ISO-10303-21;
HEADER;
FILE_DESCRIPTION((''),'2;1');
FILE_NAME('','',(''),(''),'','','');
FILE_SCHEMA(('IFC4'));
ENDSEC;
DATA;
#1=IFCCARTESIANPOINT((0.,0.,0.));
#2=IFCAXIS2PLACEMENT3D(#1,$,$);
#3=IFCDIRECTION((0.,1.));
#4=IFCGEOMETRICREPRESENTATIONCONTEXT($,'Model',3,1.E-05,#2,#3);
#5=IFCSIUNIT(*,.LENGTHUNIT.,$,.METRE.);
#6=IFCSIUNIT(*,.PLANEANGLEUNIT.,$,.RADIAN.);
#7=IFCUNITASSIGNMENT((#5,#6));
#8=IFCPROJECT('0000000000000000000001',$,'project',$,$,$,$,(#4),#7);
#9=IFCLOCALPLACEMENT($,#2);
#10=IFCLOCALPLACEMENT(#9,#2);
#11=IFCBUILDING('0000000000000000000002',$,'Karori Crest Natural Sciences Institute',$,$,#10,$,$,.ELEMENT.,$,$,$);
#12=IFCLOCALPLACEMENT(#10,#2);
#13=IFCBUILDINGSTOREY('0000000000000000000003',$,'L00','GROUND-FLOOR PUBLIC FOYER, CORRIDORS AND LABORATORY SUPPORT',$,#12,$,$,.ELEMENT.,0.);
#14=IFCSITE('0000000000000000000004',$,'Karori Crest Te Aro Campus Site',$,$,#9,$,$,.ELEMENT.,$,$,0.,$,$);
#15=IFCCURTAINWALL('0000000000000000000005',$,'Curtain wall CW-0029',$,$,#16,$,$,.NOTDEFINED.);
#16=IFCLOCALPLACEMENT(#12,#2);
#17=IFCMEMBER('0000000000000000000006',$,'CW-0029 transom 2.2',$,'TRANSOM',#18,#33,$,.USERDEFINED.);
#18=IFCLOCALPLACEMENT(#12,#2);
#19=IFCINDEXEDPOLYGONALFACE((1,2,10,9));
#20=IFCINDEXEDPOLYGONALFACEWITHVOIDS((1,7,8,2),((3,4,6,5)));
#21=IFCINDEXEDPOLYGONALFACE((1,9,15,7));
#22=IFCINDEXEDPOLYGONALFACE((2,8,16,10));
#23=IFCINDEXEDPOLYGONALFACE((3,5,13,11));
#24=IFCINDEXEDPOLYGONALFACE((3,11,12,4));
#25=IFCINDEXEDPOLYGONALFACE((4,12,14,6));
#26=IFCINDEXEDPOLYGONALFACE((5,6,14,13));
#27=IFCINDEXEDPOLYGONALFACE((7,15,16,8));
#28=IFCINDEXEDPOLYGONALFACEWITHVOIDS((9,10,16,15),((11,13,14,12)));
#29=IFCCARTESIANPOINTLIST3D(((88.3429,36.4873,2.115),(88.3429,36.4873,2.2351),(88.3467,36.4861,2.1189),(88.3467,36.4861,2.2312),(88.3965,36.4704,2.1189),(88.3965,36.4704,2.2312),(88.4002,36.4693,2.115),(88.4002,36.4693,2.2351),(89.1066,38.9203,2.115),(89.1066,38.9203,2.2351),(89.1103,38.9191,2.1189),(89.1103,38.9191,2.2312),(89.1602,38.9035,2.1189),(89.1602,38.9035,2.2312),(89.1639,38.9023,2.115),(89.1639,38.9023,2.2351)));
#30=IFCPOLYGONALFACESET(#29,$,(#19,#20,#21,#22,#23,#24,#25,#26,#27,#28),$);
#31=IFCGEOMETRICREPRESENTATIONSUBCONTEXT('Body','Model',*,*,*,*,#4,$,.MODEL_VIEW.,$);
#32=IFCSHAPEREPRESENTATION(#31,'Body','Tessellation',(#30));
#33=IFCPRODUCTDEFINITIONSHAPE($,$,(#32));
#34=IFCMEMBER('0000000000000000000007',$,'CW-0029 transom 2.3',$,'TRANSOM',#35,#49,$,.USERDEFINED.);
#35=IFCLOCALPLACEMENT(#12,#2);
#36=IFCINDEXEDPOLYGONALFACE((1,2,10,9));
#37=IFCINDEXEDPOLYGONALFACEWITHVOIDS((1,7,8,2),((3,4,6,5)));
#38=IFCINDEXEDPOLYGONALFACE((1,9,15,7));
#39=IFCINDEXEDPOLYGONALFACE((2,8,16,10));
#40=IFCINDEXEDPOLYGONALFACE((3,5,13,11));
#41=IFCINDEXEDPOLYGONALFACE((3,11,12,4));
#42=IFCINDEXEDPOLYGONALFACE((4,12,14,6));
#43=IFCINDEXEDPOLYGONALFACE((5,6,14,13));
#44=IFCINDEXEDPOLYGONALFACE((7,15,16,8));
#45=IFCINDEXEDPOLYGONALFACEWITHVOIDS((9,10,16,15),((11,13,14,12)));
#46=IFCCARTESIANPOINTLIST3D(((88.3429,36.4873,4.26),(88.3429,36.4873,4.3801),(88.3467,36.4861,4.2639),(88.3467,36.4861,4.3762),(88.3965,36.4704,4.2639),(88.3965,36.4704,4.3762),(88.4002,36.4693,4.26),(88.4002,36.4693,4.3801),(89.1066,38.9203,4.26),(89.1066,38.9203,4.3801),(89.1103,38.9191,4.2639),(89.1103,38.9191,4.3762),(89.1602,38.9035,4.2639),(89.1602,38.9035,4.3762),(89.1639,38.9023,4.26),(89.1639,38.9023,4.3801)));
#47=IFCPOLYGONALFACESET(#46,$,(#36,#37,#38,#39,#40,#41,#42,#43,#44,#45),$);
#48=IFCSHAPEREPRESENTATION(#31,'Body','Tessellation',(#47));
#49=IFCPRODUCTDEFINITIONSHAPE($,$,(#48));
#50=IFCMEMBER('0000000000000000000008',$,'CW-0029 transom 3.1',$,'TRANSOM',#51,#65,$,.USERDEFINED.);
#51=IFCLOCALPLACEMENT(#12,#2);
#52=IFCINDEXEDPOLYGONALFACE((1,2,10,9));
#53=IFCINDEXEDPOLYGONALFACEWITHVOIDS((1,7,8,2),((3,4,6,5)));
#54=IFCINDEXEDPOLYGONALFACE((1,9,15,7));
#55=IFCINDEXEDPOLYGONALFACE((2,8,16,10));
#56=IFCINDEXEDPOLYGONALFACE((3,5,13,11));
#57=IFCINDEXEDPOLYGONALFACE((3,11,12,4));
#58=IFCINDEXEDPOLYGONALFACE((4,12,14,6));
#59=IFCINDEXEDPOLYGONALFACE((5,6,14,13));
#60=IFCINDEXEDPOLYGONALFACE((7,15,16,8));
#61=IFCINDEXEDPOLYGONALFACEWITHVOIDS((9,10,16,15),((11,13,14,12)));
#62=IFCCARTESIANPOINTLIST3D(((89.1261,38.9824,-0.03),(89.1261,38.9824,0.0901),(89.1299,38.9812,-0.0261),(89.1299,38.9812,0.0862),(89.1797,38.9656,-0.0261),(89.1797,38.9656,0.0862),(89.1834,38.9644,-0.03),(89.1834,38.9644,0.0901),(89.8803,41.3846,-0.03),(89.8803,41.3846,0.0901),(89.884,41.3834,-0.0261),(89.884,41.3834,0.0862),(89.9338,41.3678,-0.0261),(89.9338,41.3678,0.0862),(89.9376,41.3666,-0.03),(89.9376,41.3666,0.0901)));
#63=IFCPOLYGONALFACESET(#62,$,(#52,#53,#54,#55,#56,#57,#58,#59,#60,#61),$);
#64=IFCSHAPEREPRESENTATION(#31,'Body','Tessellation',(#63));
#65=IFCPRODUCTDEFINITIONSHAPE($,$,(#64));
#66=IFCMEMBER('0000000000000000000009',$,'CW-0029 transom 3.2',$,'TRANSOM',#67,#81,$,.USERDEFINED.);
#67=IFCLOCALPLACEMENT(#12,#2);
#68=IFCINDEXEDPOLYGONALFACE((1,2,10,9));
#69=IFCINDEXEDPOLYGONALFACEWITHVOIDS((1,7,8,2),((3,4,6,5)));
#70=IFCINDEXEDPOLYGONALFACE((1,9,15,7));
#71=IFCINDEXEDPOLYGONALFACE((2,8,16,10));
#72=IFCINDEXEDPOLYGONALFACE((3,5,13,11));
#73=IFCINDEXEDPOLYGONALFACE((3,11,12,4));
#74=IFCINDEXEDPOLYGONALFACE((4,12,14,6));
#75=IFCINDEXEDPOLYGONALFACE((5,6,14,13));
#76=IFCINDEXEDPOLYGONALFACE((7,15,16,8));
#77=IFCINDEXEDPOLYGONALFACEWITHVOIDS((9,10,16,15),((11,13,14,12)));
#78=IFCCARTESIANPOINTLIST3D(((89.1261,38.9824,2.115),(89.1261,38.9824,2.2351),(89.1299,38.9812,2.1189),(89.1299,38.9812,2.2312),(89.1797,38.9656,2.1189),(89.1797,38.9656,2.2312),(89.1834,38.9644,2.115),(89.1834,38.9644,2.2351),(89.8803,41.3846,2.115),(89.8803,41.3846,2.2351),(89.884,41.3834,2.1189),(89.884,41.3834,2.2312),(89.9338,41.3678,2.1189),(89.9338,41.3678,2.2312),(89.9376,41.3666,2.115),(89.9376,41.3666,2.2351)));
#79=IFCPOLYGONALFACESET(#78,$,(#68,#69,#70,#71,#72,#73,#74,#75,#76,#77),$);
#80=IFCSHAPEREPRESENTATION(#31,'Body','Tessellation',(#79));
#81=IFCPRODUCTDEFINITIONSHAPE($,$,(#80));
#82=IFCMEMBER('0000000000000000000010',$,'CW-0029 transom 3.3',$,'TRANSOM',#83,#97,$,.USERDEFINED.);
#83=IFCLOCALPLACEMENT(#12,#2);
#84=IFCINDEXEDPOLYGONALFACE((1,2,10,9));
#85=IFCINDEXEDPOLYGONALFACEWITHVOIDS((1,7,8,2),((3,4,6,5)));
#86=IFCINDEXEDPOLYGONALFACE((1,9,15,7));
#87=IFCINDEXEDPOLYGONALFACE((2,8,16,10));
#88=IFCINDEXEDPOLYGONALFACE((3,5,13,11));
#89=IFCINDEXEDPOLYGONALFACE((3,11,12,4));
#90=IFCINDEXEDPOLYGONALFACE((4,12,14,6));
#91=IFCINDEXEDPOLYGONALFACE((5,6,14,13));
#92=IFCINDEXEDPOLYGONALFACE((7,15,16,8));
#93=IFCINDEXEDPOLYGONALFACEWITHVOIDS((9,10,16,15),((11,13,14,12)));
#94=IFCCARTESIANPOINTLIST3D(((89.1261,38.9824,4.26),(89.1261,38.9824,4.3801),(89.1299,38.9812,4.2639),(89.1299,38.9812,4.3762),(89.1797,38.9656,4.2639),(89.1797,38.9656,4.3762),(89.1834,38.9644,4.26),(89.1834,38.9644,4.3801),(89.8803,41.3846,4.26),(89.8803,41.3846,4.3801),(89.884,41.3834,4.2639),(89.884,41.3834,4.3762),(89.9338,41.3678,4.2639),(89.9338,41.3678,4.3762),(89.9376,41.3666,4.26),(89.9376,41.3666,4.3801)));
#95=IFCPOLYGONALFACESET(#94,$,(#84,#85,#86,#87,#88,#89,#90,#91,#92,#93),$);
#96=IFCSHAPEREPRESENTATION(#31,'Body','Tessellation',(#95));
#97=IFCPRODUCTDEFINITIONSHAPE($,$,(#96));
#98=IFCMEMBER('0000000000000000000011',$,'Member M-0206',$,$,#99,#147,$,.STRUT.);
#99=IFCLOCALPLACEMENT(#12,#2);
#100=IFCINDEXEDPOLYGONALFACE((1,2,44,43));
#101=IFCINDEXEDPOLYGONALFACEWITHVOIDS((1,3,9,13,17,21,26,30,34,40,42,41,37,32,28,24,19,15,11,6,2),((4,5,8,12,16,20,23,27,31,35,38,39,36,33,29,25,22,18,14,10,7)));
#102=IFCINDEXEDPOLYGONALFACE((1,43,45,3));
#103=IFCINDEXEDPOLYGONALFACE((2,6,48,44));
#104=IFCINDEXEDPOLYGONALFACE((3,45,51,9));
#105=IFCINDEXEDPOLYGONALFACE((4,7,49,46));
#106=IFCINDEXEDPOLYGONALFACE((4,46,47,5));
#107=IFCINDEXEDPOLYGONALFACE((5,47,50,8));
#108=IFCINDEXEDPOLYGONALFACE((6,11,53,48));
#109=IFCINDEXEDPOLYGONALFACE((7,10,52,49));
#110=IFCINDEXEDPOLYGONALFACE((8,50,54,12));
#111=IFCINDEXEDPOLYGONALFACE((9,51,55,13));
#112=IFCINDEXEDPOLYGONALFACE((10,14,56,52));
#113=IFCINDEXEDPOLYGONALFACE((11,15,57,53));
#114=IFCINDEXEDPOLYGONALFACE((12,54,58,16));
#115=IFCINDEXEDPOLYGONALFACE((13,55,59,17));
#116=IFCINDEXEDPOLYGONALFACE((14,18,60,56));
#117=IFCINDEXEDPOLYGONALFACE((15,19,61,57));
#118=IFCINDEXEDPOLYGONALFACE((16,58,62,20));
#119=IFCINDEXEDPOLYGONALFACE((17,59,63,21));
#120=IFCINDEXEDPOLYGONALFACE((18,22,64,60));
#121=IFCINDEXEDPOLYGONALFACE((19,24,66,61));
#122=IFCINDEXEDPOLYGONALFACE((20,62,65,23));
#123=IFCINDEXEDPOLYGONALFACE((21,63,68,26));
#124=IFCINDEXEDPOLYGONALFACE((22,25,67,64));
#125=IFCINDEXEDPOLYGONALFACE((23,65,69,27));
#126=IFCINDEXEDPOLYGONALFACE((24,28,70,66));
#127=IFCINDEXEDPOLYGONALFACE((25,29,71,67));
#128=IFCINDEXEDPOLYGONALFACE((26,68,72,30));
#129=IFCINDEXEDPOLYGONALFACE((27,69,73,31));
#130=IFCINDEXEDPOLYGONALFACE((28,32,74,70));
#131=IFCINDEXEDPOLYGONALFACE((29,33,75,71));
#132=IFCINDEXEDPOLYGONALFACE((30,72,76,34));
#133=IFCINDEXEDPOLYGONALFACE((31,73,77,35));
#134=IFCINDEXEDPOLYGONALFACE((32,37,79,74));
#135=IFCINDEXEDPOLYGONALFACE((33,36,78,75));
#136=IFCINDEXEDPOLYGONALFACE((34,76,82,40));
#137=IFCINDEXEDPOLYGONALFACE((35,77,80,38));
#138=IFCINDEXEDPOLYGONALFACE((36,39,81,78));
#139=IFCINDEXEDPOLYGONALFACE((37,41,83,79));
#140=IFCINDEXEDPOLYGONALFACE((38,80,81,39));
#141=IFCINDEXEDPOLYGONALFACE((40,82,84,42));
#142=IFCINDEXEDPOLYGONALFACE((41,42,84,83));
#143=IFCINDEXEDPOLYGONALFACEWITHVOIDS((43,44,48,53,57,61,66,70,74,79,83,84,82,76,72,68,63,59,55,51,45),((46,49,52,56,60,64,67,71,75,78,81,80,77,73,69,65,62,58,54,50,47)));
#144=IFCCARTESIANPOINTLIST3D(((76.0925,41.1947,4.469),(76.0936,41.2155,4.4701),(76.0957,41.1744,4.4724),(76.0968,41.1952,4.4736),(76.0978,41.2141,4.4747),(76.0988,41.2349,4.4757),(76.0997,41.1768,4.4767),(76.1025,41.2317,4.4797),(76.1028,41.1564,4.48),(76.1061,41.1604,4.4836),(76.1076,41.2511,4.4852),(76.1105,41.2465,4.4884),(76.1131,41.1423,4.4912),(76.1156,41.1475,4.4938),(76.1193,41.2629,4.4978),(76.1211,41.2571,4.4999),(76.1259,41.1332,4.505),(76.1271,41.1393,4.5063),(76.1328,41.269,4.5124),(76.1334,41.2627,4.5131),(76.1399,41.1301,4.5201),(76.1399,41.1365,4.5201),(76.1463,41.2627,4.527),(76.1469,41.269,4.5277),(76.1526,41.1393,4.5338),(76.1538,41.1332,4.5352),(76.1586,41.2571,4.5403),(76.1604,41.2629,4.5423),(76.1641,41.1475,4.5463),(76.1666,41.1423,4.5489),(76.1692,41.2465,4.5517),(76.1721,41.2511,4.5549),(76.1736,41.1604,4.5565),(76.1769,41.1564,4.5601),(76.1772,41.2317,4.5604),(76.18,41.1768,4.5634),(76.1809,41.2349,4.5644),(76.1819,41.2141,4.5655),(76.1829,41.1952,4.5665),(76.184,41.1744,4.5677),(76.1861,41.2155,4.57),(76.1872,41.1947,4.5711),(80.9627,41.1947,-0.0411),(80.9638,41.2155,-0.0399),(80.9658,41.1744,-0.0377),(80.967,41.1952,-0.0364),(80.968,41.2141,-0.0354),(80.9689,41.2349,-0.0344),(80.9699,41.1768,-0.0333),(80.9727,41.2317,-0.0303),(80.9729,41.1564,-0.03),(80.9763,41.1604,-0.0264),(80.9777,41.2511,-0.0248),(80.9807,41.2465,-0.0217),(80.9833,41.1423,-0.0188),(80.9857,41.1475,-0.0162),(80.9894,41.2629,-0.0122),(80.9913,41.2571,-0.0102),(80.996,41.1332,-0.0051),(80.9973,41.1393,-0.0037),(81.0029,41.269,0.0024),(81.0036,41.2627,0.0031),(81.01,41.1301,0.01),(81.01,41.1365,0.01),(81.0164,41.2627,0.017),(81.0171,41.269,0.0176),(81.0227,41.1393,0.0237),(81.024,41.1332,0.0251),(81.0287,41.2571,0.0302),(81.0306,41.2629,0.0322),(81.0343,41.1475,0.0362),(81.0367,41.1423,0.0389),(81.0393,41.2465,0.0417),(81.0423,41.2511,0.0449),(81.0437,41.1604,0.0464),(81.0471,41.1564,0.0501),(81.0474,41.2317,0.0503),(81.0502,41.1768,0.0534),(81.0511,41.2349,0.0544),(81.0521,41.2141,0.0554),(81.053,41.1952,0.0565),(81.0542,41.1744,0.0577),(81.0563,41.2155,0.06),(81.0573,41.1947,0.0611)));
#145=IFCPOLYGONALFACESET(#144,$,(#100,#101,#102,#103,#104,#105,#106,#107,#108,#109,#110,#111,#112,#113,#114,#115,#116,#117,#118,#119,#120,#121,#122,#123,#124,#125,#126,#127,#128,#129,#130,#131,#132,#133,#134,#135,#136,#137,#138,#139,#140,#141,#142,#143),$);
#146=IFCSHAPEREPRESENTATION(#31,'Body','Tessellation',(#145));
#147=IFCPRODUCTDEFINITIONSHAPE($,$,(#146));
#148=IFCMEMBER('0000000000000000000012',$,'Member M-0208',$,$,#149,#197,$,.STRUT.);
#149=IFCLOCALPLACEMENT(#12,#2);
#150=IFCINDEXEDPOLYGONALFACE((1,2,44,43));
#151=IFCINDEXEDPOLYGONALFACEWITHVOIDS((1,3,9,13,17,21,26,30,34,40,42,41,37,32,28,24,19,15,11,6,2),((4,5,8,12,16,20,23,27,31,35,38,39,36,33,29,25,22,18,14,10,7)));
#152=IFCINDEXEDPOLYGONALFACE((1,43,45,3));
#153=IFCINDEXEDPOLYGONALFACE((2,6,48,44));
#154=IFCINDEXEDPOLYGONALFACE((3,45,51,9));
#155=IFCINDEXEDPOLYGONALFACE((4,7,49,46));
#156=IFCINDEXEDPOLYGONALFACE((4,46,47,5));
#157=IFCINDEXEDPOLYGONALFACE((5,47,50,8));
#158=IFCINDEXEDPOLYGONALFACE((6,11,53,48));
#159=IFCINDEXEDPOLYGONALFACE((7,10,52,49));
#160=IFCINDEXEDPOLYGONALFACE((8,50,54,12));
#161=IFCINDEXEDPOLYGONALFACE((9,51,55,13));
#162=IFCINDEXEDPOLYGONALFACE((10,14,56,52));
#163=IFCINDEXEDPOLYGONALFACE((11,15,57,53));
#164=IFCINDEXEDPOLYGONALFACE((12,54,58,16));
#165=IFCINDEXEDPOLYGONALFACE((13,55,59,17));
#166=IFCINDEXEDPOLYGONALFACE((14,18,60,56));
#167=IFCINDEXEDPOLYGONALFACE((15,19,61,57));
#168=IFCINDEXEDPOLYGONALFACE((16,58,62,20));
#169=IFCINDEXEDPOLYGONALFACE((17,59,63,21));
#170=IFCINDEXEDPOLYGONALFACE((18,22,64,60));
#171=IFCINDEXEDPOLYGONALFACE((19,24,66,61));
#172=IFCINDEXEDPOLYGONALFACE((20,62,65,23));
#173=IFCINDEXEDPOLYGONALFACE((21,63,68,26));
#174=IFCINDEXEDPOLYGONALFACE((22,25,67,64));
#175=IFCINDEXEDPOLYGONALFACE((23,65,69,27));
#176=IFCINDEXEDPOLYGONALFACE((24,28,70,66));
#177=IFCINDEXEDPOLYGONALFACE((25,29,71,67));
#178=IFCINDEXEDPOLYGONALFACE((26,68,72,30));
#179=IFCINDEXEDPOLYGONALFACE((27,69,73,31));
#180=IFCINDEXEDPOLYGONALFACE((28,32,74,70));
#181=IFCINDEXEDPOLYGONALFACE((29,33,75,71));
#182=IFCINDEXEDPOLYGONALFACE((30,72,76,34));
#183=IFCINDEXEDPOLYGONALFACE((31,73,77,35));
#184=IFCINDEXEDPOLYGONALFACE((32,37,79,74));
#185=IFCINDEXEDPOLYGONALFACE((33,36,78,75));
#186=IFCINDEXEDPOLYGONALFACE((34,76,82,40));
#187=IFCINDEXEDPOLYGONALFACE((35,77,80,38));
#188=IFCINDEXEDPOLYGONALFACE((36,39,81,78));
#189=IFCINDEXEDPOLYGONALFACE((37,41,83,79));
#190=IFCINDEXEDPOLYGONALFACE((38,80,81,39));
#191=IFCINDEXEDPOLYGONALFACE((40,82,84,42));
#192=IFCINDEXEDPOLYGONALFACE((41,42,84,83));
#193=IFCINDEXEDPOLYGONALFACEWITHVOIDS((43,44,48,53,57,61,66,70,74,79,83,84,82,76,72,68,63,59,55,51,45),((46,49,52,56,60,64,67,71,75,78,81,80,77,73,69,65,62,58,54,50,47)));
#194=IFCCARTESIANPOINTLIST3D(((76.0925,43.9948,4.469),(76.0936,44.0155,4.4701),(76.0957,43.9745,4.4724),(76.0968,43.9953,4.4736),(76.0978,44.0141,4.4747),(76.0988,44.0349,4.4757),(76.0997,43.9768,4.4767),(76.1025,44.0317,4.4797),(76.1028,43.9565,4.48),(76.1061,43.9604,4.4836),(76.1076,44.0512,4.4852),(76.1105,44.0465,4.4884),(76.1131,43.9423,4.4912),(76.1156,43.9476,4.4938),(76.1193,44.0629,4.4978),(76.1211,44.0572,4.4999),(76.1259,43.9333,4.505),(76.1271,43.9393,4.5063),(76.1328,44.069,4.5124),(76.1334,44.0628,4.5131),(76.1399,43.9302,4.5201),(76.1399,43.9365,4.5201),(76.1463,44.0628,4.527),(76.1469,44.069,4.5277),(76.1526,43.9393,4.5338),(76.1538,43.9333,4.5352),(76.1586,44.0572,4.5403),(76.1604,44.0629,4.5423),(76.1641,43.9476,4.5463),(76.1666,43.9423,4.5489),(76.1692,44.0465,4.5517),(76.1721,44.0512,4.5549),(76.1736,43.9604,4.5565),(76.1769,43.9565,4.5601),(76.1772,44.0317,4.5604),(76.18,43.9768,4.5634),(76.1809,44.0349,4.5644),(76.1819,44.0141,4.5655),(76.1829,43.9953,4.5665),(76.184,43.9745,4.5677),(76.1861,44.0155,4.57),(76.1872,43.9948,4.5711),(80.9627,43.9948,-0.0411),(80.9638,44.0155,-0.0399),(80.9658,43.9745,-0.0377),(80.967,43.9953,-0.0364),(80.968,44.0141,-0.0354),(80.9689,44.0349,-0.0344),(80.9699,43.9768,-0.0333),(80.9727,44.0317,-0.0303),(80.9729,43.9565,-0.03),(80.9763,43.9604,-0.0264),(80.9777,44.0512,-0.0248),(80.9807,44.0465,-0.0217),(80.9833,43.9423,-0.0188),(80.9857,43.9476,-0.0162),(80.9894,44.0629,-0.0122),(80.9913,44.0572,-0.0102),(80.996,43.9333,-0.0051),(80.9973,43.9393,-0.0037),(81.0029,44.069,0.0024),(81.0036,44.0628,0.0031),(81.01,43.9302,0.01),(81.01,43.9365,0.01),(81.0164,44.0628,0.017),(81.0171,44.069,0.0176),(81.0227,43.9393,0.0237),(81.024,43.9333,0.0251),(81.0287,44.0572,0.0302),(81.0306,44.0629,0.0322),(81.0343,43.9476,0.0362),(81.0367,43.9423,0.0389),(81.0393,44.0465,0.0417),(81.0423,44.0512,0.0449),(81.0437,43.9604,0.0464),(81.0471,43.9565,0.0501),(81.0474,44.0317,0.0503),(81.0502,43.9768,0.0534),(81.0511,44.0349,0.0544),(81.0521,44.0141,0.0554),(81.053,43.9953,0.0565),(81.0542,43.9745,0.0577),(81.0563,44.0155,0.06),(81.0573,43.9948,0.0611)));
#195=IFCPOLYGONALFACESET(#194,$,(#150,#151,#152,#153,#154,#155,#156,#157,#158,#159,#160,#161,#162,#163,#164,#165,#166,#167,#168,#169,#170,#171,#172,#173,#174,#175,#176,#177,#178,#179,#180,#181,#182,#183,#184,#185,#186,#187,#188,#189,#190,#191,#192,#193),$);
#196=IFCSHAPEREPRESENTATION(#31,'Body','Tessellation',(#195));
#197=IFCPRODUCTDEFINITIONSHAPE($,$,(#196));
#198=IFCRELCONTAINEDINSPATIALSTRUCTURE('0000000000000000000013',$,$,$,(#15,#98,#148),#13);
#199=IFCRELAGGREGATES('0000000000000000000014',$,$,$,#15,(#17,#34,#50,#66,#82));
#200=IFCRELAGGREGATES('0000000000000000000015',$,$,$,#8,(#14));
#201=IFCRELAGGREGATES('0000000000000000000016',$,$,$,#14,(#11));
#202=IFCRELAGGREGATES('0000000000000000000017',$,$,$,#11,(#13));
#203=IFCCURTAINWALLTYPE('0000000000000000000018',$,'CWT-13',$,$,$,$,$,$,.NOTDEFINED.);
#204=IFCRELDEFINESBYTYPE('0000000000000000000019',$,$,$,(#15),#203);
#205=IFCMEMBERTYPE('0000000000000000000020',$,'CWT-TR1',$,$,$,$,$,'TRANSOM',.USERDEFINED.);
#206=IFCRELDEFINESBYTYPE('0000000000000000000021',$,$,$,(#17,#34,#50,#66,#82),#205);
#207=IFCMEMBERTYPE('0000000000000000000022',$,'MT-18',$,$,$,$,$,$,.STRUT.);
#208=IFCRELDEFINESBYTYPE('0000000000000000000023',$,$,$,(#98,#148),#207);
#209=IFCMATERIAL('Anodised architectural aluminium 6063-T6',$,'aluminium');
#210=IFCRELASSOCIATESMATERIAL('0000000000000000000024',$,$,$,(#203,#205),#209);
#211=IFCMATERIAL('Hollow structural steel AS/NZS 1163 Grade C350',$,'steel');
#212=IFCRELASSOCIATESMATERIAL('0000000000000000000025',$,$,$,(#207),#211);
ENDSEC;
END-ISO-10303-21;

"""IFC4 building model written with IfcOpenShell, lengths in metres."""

from ifc_helpers import new_model, si_unit, direction, frame, origin, origin_2d, place, context, subcontext, project, spatial, hollow_rectangle, hollow_circle, extrude, material, material_profile, profile_set, type_object, element, aggregate, save


model = new_model("IFC4")

# Units and contexts
model_context = context("Model", 3, precision=1e-05, world=origin(), true_north=direction((0.0, 1.0)))
body_context = subcontext(model_context, "Body", "Model", "MODEL_VIEW")
ifc_project = project(units=[si_unit("LENGTHUNIT", "METRE"), si_unit("PLANEANGLEUNIT", "RADIAN")], contexts=[model_context])

# Site, building, storey
site_placement = place(None, origin())
site = spatial("IfcSite", under=ifc_project, at=site_placement, Name="Karori Crest Te Aro Campus Site", CompositionType="ELEMENT", RefElevation=0.0)
building_placement = place(site_placement, origin())
building = spatial("IfcBuilding", under=site, at=building_placement, Name="Karori Crest Natural Sciences Institute", CompositionType="ELEMENT")
storey_placement = place(building_placement, origin())
storey = spatial("IfcBuildingStorey", under=building, at=storey_placement, Name="L00", Description="GROUND-FLOOR PUBLIC FOYER, CORRIDORS AND LABORATORY SUPPORT", CompositionType="ELEMENT", Elevation=0.0)

# Shared definitions
ifc_material_1 = material(Name="Hollow structural steel AS/NZS 1163 Grade C350", Category="steel")

# Curtain wall, members
ifc_material_2 = material(Name="Anodised architectural aluminium 6063-T6", Category="aluminium")
curtain_wall_type = type_object("IfcCurtainWallType", Name="CWT-13", PredefinedType="NOTDEFINED", material=ifc_material_2)
curtain_wall_placement = place(storey_placement, origin())
curtain_wall = element("IfcCurtainWall", 1, at=curtain_wall_placement, inside=storey, type_object=curtain_wall_type, Name="Curtain wall CW-0029", PredefinedType="NOTDEFINED")
ifc_material_profile_1 = material_profile(ifc_material_2, hollow_rectangle(XDim=0.0601, YDim=0.1201, WallThickness=0.0039, at=origin_2d()), Name="CWT120x60x4")
ifc_profile_set_1 = profile_set([ifc_material_profile_1], Name="Anodised architectural aluminium 6063-T6")
member_type_1 = type_object("IfcMemberType", Name="CWT-TR1", ElementType="TRANSOM", PredefinedType="USERDEFINED", material=ifc_profile_set_1)
member_1_placement = place(storey_placement, frame((88.3716, 36.4783, 2.175), z_axis=(0.299463, 0.954108, 0.0), x_axis=(-0.954108, 0.299463, 0.0)))
member_1 = element("IfcMember", 2, at=member_1_placement, type_object=member_type_1, Name="CW-0029 transom 2.2", ObjectType="TRANSOM", PredefinedType="USERDEFINED", context=body_context, shape_type="SweptSolid", body=[
    extrude(hollow_rectangle(XDim=0.0601, YDim=0.1201, WallThickness=0.0039, at=origin_2d()), origin(), (0.0, 0.0, 1.0), 2.55),
])
member_2_placement = place(storey_placement, frame((88.3716, 36.4783, 4.3201), z_axis=(0.299463, 0.954108, 0.0), x_axis=(-0.954108, 0.299463, 0.0)))
member_2 = element("IfcMember", 3, at=member_2_placement, type_object=member_type_1, Name="CW-0029 transom 2.3", ObjectType="TRANSOM", PredefinedType="USERDEFINED", context=body_context, shape_type="SweptSolid", body=[
    extrude(hollow_rectangle(XDim=0.0601, YDim=0.1201, WallThickness=0.0039, at=origin_2d()), origin(), (0.0, 0.0, 1.0), 2.55),
])
member_3_placement = place(storey_placement, frame((89.1548, 38.9734, 0.03), z_axis=(0.299511, 0.954093, 0.0), x_axis=(-0.954093, 0.299511, 0.0)))
member_3 = element("IfcMember", 4, at=member_3_placement, type_object=member_type_1, Name="CW-0029 transom 3.1", ObjectType="TRANSOM", PredefinedType="USERDEFINED", context=body_context, shape_type="SweptSolid", body=[
    extrude(hollow_rectangle(XDim=0.0601, YDim=0.1201, WallThickness=0.0039, at=origin_2d()), origin(), (0.0, 0.0, 1.0), 2.5178),
])
member_4_placement = place(storey_placement, frame((89.1548, 38.9734, 2.175), z_axis=(0.299511, 0.954093, 0.0), x_axis=(-0.954093, 0.299511, 0.0)))
member_4 = element("IfcMember", 5, at=member_4_placement, type_object=member_type_1, Name="CW-0029 transom 3.2", ObjectType="TRANSOM", PredefinedType="USERDEFINED", context=body_context, shape_type="SweptSolid", body=[
    extrude(hollow_rectangle(XDim=0.0601, YDim=0.1201, WallThickness=0.0039, at=origin_2d()), origin(), (0.0, 0.0, 1.0), 2.5178),
])
member_5_placement = place(storey_placement, frame((89.1548, 38.9734, 4.3201), z_axis=(0.299511, 0.954093, 0.0), x_axis=(-0.954093, 0.299511, 0.0)))
member_5 = element("IfcMember", 6, at=member_5_placement, type_object=member_type_1, Name="CW-0029 transom 3.3", ObjectType="TRANSOM", PredefinedType="USERDEFINED", context=body_context, shape_type="SweptSolid", body=[
    extrude(hollow_rectangle(XDim=0.0601, YDim=0.1201, WallThickness=0.0039, at=origin_2d()), origin(), (0.0, 0.0, 1.0), 2.5178),
])

# Members
ifc_material_profile_2 = material_profile(ifc_material_1, hollow_circle(Radius=0.0698, WallThickness=0.0063, at=origin_2d()), Name="CHS139.7x6.4")
ifc_profile_set_2 = profile_set([ifc_material_profile_2], Name="Hollow structural steel AS/NZS 1163 Grade C350")
member_type_2 = type_object("IfcMemberType", Name="MT-18", PredefinedType="STRUT", material=ifc_profile_set_2)
for number, where, z_axis, x_axis, name in (
    (7, (81.01, 41.2, 0.01), (-0.733712, 0.0, 0.67946), (0.0, -1.0, 0.0), "Member M-0206"),
    (8, (81.01, 44.0, 0.01), (-0.733712, 0.0, 0.67946), (0.0, -1.0, 0.0), "Member M-0208"),
):
    element("IfcMember", number, at=place(storey_placement, frame(where, z_axis=z_axis, x_axis=x_axis)), inside=storey, type_object=member_type_2, Name=name, PredefinedType="STRUT", context=body_context, shape_type="SweptSolid", body=[
        extrude(hollow_circle(Radius=0.0698, WallThickness=0.0063, at=origin_2d()), origin(), (0.0, 0.0, 1.0), 6.6377),
    ])

aggregate(curtain_wall, [member_1, member_2, member_3, member_4, member_5])

save(model, "model.ifc")
